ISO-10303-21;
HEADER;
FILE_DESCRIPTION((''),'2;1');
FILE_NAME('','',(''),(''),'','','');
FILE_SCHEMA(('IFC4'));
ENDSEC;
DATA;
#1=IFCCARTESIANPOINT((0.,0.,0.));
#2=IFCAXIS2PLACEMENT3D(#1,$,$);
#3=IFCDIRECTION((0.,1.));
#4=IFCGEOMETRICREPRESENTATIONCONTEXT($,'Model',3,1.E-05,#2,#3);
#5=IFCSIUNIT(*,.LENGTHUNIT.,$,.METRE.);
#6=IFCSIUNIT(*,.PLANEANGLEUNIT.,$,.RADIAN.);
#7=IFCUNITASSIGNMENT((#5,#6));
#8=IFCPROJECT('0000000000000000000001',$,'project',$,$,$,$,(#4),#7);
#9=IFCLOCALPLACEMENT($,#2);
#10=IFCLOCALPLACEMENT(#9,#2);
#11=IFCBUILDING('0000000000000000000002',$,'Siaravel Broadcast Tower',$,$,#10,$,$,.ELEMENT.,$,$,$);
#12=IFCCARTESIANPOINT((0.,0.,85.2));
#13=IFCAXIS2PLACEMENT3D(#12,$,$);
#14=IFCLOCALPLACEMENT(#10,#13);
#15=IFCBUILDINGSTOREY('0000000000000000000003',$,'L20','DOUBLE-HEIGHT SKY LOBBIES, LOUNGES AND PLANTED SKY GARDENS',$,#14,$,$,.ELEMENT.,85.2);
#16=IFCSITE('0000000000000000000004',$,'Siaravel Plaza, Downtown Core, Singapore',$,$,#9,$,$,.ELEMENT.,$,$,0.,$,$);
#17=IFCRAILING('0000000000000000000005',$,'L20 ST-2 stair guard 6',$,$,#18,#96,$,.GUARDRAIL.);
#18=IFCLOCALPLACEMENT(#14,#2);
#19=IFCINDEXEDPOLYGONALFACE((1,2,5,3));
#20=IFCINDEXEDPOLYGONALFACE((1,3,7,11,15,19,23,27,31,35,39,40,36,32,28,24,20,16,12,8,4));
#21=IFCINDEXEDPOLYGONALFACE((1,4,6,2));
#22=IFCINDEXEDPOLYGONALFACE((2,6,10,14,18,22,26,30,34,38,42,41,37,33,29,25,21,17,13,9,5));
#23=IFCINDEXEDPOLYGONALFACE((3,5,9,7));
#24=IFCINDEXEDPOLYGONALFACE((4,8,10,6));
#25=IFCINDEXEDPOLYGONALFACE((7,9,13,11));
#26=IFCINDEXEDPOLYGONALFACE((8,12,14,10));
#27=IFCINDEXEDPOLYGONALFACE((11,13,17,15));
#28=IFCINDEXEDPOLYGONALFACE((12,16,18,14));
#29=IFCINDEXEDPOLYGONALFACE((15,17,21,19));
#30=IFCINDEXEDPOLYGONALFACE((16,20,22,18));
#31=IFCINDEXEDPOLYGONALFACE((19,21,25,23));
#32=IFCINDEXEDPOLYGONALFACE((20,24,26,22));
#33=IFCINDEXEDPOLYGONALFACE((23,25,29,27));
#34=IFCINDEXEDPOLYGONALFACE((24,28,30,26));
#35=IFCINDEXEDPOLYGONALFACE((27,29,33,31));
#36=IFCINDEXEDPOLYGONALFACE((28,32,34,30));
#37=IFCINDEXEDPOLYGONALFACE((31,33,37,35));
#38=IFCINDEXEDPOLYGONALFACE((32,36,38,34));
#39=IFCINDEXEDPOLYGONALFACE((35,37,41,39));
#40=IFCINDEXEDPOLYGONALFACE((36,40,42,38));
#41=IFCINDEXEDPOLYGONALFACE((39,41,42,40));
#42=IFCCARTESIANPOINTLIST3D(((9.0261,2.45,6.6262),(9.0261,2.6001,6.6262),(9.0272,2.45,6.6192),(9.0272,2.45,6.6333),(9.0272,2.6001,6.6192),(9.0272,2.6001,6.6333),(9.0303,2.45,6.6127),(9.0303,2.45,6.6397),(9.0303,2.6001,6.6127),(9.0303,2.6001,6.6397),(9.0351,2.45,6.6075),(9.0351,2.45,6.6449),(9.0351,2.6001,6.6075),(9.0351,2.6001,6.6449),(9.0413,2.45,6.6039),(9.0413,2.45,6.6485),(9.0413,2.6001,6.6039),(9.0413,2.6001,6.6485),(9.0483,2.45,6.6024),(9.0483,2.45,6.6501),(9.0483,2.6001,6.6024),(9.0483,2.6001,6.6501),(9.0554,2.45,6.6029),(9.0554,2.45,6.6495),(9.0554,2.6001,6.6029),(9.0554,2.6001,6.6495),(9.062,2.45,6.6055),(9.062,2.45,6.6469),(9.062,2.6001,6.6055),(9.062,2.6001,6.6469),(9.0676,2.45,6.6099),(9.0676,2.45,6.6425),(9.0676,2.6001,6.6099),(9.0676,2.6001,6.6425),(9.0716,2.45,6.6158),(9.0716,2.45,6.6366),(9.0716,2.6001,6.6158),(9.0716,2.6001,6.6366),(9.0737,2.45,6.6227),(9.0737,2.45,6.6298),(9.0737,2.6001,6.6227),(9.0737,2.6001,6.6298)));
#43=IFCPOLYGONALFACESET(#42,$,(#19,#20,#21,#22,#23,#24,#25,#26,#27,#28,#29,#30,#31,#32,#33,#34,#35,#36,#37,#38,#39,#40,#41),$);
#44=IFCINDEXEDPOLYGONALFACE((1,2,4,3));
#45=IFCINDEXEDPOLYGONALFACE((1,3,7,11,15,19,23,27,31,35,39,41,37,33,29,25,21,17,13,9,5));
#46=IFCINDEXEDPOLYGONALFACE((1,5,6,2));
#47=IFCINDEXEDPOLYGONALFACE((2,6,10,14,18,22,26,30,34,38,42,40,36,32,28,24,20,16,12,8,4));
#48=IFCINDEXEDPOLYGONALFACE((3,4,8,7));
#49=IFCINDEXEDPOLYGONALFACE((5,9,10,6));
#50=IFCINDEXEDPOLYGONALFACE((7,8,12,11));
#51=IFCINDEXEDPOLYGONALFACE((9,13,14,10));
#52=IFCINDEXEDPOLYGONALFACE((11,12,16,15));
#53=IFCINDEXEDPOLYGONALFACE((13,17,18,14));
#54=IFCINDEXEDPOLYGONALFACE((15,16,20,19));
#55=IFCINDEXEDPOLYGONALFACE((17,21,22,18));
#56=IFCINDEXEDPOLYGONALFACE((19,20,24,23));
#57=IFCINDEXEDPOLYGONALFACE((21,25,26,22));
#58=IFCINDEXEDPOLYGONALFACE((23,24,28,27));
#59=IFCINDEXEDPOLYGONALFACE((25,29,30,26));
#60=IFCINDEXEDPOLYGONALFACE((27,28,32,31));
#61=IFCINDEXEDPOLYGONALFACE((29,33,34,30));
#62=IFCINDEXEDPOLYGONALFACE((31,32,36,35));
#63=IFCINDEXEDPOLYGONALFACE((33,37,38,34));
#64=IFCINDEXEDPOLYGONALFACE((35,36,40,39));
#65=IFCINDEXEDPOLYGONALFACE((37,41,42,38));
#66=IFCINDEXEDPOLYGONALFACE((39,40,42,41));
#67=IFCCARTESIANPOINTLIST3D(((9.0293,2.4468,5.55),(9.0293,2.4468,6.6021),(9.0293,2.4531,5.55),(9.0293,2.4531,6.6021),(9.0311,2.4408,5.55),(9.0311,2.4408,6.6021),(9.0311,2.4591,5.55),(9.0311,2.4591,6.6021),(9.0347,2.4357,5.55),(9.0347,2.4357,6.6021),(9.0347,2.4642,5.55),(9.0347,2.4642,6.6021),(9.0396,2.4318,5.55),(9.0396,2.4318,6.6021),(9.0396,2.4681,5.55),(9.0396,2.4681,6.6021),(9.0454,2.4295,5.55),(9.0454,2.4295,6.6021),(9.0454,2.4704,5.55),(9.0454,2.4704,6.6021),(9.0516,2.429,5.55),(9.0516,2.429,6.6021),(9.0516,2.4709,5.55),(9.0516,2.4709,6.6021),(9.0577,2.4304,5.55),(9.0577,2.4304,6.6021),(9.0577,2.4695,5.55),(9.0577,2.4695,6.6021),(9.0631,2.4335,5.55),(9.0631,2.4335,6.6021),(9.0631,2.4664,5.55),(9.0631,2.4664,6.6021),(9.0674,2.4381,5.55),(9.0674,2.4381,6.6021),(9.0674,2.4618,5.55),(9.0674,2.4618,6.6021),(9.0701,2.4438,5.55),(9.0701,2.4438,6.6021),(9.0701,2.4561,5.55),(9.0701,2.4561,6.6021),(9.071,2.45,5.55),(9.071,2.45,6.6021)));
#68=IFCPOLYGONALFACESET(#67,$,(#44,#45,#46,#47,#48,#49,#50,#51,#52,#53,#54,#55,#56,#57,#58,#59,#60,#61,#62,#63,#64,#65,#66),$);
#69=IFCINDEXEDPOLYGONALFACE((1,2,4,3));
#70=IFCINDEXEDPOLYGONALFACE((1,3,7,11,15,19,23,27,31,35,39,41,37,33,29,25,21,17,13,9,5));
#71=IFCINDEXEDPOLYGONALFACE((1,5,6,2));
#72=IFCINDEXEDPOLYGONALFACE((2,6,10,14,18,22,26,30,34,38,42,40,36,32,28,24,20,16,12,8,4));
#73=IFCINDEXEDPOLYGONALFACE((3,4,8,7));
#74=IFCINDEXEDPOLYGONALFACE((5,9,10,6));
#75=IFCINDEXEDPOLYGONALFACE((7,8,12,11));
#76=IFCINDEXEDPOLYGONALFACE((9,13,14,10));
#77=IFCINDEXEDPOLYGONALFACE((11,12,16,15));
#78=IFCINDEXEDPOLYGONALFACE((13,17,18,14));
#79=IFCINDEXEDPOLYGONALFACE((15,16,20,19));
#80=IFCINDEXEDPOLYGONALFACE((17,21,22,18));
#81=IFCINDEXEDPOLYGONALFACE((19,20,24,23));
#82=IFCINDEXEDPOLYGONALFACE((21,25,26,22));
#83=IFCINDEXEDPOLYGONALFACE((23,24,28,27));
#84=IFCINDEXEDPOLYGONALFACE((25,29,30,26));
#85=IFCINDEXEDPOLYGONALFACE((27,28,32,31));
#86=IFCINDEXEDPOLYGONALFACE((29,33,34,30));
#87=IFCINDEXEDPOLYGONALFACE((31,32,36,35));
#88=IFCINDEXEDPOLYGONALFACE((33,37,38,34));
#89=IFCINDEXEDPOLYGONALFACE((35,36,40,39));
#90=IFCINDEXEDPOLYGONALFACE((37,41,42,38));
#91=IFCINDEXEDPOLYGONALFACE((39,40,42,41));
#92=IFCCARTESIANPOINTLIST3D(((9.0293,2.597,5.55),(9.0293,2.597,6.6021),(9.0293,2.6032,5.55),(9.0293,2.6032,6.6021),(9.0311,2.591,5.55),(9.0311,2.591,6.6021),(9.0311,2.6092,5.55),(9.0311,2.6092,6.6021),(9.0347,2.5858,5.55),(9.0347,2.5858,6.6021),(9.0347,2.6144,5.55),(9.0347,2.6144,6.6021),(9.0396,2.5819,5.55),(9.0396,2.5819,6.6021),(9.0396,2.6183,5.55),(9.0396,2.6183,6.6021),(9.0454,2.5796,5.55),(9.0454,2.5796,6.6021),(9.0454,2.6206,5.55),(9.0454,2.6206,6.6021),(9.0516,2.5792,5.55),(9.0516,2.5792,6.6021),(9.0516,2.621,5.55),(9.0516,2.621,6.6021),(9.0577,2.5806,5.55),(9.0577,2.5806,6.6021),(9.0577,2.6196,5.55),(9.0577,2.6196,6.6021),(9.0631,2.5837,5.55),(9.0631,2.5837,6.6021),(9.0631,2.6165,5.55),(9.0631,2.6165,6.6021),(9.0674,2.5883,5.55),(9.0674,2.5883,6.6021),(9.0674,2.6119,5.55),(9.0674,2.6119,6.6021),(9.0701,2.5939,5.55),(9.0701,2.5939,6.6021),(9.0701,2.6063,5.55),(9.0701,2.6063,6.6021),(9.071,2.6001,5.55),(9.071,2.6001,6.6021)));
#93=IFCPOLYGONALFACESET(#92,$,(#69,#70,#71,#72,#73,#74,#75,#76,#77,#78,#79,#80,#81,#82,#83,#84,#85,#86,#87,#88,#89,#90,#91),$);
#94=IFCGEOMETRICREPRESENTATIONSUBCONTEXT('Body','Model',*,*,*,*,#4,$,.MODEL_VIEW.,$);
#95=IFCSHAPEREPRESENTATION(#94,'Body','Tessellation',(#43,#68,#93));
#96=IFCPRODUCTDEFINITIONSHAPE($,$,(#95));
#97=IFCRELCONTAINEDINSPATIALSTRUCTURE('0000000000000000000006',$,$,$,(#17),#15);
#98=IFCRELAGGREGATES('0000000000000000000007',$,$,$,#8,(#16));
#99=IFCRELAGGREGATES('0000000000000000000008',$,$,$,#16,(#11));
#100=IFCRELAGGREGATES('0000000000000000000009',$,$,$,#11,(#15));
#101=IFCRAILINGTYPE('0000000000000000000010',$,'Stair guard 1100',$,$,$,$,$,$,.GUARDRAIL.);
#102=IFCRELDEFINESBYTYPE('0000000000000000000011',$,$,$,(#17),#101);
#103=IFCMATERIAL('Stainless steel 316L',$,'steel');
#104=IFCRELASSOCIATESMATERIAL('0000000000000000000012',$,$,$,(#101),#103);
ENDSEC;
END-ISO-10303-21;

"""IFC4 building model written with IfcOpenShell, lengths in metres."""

from ifc_helpers import new_model, si_unit, direction, frame, origin, origin_2d, place, context, subcontext, project, spatial, circle, extrude, material, type_object, element, save


model = new_model("IFC4")

# Units and contexts
model_context = context("Model", 3, precision=1e-05, world=origin(), true_north=direction((0.0, 1.0)))
body_context = subcontext(model_context, "Body", "Model", "MODEL_VIEW")
ifc_project = project(units=[si_unit("LENGTHUNIT", "METRE"), si_unit("PLANEANGLEUNIT", "RADIAN")], contexts=[model_context])

# Site, building, storey
site_placement = place(None, origin())
site = spatial("IfcSite", under=ifc_project, at=site_placement, Name="Siaravel Plaza, Downtown Core, Singapore", CompositionType="ELEMENT", RefElevation=0.0)
building_placement = place(site_placement, origin())
building = spatial("IfcBuilding", under=site, at=building_placement, Name="Siaravel Broadcast Tower", CompositionType="ELEMENT")
storey_placement = place(building_placement, frame((0.0, 0.0, 85.2)))
storey = spatial("IfcBuildingStorey", under=building, at=storey_placement, Name="L20", Description="DOUBLE-HEIGHT SKY LOBBIES, LOUNGES AND PLANTED SKY GARDENS", CompositionType="ELEMENT", Elevation=85.2)

# Railing
ifc_material_1 = material(Name="Stainless steel 316L", Category="steel")
railing_type_1 = type_object("IfcRailingType", Name="Stair guard 1100", PredefinedType="GUARDRAIL", material=ifc_material_1)
for number, where, name in (
    (1, (9.05, 2.45, 5.55), "L20 ST-2 stair guard 6"),
):
    element("IfcRailing", number, at=place(storey_placement, frame(where)), inside=storey, type_object=railing_type_1, Name=name, PredefinedType="GUARDRAIL", context=body_context, shape_type="SweptSolid", body=[
        extrude(circle(Radius=0.0239, at=origin_2d()), frame((0.0, 0.0, 1.0762), z_axis=(0.0, 1.0, 0.0), x_axis=(-1.0, 0.0, 0.0)), (0.0, 0.0, 1.0), 0.1501),
        extrude(circle(Radius=0.021, at=origin_2d()), origin(), (0.0, 0.0, 1.0), 1.052),
        extrude(circle(Radius=0.021, at=origin_2d()), frame((0.0, 0.1501, 0.0)), (0.0, 0.0, 1.0), 1.052),
    ])

save(model, "model.ifc")
